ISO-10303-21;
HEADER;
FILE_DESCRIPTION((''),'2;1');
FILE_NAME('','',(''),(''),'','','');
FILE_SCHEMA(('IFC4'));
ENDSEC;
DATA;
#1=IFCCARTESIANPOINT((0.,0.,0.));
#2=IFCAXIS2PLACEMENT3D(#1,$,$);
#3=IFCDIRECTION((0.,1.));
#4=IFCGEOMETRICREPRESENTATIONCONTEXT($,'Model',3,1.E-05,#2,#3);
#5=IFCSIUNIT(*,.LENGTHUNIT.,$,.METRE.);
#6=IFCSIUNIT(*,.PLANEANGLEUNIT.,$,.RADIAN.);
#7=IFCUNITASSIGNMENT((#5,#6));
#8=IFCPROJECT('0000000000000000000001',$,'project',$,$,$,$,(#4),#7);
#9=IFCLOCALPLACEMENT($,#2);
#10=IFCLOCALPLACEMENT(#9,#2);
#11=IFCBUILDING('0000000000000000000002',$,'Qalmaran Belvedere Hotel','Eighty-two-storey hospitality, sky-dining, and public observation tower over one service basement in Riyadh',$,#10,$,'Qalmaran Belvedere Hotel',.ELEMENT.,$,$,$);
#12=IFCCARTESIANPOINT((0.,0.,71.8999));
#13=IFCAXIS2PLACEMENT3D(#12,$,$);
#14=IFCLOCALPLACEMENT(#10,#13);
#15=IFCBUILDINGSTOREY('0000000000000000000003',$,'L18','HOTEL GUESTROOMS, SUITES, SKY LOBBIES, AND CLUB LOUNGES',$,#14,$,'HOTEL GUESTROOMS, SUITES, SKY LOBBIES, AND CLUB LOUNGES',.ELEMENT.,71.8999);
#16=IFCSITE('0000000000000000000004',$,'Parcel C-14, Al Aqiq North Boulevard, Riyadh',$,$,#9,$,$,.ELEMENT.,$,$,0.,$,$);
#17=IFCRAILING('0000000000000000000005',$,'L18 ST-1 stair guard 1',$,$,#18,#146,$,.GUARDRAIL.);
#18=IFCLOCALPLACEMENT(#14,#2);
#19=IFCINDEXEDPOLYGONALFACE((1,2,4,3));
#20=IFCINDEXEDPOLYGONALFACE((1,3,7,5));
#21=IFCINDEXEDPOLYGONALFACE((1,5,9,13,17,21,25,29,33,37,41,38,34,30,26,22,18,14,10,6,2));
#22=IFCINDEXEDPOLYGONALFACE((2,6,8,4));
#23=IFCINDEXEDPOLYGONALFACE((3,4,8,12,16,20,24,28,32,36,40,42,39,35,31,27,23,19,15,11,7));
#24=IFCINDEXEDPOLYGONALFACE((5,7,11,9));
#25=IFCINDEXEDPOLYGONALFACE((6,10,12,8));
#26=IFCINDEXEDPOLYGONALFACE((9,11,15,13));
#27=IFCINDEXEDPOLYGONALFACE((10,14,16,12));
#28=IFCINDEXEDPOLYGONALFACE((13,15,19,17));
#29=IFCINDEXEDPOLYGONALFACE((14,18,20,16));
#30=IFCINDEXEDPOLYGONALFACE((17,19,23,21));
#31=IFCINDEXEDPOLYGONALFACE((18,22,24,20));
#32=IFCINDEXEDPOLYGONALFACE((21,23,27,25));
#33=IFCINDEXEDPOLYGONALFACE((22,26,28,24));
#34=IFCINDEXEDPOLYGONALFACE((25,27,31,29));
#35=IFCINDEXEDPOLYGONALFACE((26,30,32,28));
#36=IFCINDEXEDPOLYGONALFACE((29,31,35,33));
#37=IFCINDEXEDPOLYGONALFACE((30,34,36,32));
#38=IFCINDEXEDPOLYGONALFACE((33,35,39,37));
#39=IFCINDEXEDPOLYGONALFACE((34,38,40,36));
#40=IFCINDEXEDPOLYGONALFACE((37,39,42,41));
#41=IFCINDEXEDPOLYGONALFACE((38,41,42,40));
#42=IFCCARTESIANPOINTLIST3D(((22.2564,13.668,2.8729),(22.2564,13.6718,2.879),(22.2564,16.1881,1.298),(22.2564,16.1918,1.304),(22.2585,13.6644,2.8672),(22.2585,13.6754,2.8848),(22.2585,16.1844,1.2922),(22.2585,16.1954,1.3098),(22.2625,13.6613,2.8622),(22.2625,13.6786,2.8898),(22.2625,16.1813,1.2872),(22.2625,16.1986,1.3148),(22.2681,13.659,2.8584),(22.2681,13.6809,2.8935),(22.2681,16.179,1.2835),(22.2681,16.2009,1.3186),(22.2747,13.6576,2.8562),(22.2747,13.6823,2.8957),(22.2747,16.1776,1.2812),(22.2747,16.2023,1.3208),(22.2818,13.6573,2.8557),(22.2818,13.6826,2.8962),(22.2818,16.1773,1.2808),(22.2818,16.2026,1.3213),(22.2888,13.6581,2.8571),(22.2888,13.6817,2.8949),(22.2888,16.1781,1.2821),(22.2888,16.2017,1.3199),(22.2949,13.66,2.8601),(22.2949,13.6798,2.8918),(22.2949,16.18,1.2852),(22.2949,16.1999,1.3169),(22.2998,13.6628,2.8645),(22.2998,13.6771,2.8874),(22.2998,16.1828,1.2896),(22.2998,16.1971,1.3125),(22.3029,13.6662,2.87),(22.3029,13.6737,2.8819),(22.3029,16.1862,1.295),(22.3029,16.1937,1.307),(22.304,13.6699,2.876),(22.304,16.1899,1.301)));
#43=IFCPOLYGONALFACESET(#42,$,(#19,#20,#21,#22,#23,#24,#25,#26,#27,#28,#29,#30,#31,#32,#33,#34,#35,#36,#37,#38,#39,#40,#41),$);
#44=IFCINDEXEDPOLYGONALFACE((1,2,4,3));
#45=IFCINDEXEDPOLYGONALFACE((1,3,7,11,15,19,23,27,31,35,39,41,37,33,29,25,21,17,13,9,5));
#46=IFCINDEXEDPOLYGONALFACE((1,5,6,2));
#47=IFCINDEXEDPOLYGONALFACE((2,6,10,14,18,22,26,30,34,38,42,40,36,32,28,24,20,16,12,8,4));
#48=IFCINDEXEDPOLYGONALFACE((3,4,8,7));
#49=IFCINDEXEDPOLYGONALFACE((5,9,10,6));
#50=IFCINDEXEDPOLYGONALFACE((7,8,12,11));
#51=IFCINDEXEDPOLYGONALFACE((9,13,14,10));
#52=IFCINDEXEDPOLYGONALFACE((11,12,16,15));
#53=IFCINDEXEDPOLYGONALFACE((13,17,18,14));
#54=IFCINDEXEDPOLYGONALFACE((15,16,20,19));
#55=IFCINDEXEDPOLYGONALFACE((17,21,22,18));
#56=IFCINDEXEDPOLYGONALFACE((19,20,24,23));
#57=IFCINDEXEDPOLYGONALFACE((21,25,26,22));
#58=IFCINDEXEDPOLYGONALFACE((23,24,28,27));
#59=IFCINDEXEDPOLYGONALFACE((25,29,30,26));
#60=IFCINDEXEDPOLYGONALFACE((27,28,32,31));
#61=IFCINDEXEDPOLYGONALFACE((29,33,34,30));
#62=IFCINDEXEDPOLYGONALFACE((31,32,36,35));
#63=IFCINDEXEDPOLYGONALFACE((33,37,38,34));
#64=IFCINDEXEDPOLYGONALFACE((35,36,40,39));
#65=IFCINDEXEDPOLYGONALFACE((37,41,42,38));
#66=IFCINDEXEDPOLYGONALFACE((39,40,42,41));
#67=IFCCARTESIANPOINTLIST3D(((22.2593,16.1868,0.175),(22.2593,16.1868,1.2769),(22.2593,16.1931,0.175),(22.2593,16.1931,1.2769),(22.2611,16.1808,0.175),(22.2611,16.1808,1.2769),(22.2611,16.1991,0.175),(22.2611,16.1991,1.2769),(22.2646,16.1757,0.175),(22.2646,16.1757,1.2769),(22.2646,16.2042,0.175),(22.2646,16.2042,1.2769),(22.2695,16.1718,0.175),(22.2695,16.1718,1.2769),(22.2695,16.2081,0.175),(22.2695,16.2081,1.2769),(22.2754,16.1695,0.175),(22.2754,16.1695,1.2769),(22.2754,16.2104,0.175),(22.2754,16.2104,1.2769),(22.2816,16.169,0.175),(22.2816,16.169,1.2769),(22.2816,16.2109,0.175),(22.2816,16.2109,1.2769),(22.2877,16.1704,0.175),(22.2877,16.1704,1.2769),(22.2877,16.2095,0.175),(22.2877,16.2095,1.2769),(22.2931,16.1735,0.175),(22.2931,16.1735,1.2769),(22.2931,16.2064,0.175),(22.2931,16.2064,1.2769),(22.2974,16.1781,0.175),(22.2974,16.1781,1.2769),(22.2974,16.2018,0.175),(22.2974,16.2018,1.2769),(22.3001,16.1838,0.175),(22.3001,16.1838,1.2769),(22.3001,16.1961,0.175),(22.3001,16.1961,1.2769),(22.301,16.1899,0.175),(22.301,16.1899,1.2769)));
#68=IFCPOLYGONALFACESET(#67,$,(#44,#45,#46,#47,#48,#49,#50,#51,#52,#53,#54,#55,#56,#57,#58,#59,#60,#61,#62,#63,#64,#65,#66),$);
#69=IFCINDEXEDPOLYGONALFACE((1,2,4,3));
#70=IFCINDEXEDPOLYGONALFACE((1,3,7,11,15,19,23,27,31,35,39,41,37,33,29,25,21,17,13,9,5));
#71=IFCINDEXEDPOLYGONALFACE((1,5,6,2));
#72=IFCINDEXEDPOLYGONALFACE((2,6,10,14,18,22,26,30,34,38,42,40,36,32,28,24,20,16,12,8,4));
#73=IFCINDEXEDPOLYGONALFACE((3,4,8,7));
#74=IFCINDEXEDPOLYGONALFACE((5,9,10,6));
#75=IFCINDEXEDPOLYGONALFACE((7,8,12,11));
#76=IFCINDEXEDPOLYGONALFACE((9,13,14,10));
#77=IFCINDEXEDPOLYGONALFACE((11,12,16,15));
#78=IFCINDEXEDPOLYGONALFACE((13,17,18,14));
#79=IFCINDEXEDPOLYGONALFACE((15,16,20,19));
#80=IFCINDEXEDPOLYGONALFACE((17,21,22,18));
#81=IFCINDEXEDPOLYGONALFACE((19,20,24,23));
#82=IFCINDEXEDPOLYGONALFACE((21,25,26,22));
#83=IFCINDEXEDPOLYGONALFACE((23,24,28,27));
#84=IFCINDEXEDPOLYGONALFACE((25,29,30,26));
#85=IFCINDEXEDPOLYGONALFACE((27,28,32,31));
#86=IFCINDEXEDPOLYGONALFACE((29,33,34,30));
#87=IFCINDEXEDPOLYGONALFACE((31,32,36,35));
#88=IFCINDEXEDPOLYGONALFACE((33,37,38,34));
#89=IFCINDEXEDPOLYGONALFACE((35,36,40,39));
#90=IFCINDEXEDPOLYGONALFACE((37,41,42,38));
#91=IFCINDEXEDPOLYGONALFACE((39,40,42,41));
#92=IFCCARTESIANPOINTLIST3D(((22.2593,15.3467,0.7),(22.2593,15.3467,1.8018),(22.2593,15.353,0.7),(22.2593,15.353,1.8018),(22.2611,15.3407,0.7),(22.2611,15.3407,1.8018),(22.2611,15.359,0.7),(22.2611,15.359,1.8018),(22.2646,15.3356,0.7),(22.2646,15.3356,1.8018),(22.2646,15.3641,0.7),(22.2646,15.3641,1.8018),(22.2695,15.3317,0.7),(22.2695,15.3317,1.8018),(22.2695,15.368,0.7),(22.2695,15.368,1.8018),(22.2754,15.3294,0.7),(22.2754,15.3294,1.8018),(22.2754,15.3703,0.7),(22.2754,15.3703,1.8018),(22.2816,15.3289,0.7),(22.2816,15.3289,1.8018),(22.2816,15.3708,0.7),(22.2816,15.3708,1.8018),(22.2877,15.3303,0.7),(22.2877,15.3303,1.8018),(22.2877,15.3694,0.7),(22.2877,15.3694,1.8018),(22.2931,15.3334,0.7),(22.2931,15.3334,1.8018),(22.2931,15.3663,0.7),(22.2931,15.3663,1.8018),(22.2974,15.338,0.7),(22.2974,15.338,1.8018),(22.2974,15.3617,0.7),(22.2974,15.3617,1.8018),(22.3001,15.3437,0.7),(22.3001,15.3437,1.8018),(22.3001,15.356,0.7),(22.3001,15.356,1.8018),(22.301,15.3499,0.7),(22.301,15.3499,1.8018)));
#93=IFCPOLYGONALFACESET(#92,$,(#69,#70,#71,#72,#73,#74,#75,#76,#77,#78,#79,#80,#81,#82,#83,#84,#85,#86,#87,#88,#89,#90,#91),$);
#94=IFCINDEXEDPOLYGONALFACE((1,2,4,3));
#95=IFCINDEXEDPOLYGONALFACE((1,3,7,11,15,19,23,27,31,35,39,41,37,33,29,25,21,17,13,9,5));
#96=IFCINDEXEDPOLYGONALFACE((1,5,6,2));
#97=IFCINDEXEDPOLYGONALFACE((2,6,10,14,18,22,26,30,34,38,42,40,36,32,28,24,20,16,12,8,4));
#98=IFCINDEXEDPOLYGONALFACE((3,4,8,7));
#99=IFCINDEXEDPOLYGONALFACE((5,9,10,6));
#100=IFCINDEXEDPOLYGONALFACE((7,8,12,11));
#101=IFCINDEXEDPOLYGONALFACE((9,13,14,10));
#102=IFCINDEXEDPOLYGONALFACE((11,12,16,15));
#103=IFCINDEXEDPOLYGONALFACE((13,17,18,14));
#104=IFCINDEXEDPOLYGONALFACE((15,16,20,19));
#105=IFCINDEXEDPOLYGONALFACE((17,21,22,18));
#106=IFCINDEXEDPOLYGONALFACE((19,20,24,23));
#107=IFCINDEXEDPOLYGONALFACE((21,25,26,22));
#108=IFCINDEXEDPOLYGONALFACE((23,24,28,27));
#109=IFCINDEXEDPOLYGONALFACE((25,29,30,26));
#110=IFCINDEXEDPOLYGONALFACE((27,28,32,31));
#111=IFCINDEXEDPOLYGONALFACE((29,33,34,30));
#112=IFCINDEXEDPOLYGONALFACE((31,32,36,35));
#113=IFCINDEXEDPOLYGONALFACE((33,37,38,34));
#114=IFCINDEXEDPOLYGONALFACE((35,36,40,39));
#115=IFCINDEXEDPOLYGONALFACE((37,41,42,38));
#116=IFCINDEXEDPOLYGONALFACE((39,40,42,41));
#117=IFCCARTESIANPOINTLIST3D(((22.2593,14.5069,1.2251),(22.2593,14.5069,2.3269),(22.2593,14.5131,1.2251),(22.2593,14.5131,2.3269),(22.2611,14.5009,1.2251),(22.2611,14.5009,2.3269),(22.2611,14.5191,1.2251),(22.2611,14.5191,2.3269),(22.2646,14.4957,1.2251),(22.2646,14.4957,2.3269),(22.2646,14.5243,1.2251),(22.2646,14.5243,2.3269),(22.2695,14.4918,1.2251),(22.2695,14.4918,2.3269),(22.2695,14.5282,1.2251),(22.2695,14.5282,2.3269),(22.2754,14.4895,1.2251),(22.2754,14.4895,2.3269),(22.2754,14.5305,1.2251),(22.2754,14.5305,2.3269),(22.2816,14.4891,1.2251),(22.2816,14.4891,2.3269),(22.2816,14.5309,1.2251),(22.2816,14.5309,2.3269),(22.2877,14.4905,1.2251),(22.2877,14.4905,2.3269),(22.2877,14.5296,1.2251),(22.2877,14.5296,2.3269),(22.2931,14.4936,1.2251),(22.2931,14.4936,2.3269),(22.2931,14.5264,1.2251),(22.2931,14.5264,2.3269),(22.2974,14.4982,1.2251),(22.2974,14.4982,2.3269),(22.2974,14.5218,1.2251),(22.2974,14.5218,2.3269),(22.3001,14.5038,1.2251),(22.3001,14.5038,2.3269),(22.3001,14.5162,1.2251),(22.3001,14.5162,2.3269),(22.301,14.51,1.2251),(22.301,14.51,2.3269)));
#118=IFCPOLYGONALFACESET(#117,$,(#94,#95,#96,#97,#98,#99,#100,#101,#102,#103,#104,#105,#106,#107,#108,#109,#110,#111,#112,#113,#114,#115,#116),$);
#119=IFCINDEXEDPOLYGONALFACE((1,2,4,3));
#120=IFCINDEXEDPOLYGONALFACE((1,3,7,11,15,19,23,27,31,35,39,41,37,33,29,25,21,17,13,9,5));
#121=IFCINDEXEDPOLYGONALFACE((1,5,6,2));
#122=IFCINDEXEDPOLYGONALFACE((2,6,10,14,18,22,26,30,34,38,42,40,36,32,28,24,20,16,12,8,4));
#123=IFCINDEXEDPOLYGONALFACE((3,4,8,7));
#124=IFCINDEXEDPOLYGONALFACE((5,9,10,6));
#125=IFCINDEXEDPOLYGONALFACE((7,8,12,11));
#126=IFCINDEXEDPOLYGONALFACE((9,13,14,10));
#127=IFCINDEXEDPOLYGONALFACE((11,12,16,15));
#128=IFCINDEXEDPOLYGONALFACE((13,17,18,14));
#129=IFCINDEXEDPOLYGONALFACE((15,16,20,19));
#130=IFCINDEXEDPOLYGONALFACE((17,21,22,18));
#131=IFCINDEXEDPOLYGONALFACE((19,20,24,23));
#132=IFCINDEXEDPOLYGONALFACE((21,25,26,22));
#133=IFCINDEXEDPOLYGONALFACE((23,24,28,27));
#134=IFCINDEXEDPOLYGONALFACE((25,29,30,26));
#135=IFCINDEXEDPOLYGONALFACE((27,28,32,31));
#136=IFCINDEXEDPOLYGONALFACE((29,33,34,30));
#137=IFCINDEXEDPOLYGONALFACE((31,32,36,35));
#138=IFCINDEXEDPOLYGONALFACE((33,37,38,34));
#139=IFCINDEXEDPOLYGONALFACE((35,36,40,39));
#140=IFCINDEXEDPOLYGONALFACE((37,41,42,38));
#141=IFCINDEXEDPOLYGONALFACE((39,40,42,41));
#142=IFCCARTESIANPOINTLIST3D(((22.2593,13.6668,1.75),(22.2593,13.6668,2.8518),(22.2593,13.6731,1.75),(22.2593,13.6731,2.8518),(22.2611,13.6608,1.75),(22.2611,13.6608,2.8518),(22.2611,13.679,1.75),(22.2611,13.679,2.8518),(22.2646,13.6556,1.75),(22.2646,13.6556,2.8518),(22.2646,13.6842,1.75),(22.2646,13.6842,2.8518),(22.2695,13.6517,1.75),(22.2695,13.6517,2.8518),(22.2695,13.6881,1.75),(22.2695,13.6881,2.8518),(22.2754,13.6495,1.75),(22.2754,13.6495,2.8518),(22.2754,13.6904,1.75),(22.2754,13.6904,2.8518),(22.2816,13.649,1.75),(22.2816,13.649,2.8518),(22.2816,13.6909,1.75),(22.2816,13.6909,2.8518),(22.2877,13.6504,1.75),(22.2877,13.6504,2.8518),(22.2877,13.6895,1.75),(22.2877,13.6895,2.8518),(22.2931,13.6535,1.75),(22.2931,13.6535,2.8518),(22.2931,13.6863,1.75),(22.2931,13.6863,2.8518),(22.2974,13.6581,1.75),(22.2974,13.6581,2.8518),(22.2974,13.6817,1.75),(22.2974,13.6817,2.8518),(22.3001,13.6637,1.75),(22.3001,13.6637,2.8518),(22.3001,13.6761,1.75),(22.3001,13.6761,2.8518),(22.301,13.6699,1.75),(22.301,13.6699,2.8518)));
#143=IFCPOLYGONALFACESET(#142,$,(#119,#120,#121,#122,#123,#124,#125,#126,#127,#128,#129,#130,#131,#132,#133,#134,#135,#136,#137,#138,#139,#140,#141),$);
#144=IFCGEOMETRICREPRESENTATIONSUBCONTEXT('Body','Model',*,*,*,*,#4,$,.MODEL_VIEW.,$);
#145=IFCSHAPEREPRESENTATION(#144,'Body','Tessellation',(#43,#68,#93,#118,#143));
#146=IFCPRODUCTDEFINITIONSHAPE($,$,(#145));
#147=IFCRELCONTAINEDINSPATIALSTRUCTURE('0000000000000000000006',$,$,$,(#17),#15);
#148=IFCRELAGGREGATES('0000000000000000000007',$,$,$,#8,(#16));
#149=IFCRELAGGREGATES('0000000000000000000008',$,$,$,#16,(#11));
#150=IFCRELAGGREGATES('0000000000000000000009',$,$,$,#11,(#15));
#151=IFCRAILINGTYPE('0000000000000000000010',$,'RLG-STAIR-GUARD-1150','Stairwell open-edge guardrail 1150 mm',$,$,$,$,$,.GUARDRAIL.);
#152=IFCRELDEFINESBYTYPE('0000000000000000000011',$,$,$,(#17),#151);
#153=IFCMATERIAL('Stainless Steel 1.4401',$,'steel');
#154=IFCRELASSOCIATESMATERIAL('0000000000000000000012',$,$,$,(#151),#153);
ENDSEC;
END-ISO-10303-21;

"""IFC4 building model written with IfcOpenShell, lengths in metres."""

from ifc_helpers import new_model, si_unit, direction, frame, origin, origin_2d, place, context, subcontext, project, spatial, circle, extrude, material, type_object, element, save


model = new_model("IFC4")

# Units and contexts
model_context = context("Model", 3, precision=1e-05, world=origin(), true_north=direction((0.0, 1.0)))
body_context = subcontext(model_context, "Body", "Model", "MODEL_VIEW")
ifc_project = project(units=[si_unit("LENGTHUNIT", "METRE"), si_unit("PLANEANGLEUNIT", "RADIAN")], contexts=[model_context])

# Site, building, storey
site_placement = place(None, origin())
site = spatial("IfcSite", under=ifc_project, at=site_placement, Name="Parcel C-14, Al Aqiq North Boulevard, Riyadh", CompositionType="ELEMENT", RefElevation=0.0)
building_placement = place(site_placement, origin())
building = spatial("IfcBuilding", under=site, at=building_placement, Name="Qalmaran Belvedere Hotel", Description="Eighty-two-storey hospitality, sky-dining, and public observation tower over one service basement in Riyadh", LongName="Qalmaran Belvedere Hotel", CompositionType="ELEMENT")
storey_placement = place(building_placement, frame((0.0, 0.0, 71.8999)))
storey = spatial("IfcBuildingStorey", under=building, at=storey_placement, Name="L18", Description="HOTEL GUESTROOMS, SUITES, SKY LOBBIES, AND CLUB LOUNGES", LongName="HOTEL GUESTROOMS, SUITES, SKY LOBBIES, AND CLUB LOUNGES", CompositionType="ELEMENT", Elevation=71.8999)

# Railing
ifc_material_1 = material(Name="Stainless Steel 1.4401", Category="steel")
railing_type_1 = type_object("IfcRailingType", Name="RLG-STAIR-GUARD-1150", Description="Stairwell open-edge guardrail 1150 mm", PredefinedType="GUARDRAIL", material=ifc_material_1)
railing_1_placement = place(storey_placement, frame((22.28, 16.1899, 0.175)))
element("IfcRailing", 1, at=railing_1_placement, inside=storey, type_object=railing_type_1, Name="L18 ST-1 stair guard 1", PredefinedType="GUARDRAIL", context=body_context, shape_type="SweptSolid", body=[
    extrude(circle(Radius=0.0239, at=origin_2d()), frame((0.0, 0.0, 1.126), z_axis=(0.0, -0.848008, 0.529984), x_axis=(1.0, 0.0, 0.0)), (0.0, 0.0, 1.0), 2.9717),
    extrude(circle(Radius=0.021, at=origin_2d()), origin(), (0.0, 0.0, 1.0), 1.1018),
    extrude(circle(Radius=0.021, at=origin_2d()), frame((0.0, -0.8401, 0.5249)), (0.0, 0.0, 1.0), 1.1018),
    extrude(circle(Radius=0.021, at=origin_2d()), frame((0.0, -1.6799, 1.05)), (0.0, 0.0, 1.0), 1.1018),
    extrude(circle(Radius=0.021, at=origin_2d()), frame((0.0, -2.52, 1.575)), (0.0, 0.0, 1.0), 1.1018),
])

save(model, "model.ifc")
